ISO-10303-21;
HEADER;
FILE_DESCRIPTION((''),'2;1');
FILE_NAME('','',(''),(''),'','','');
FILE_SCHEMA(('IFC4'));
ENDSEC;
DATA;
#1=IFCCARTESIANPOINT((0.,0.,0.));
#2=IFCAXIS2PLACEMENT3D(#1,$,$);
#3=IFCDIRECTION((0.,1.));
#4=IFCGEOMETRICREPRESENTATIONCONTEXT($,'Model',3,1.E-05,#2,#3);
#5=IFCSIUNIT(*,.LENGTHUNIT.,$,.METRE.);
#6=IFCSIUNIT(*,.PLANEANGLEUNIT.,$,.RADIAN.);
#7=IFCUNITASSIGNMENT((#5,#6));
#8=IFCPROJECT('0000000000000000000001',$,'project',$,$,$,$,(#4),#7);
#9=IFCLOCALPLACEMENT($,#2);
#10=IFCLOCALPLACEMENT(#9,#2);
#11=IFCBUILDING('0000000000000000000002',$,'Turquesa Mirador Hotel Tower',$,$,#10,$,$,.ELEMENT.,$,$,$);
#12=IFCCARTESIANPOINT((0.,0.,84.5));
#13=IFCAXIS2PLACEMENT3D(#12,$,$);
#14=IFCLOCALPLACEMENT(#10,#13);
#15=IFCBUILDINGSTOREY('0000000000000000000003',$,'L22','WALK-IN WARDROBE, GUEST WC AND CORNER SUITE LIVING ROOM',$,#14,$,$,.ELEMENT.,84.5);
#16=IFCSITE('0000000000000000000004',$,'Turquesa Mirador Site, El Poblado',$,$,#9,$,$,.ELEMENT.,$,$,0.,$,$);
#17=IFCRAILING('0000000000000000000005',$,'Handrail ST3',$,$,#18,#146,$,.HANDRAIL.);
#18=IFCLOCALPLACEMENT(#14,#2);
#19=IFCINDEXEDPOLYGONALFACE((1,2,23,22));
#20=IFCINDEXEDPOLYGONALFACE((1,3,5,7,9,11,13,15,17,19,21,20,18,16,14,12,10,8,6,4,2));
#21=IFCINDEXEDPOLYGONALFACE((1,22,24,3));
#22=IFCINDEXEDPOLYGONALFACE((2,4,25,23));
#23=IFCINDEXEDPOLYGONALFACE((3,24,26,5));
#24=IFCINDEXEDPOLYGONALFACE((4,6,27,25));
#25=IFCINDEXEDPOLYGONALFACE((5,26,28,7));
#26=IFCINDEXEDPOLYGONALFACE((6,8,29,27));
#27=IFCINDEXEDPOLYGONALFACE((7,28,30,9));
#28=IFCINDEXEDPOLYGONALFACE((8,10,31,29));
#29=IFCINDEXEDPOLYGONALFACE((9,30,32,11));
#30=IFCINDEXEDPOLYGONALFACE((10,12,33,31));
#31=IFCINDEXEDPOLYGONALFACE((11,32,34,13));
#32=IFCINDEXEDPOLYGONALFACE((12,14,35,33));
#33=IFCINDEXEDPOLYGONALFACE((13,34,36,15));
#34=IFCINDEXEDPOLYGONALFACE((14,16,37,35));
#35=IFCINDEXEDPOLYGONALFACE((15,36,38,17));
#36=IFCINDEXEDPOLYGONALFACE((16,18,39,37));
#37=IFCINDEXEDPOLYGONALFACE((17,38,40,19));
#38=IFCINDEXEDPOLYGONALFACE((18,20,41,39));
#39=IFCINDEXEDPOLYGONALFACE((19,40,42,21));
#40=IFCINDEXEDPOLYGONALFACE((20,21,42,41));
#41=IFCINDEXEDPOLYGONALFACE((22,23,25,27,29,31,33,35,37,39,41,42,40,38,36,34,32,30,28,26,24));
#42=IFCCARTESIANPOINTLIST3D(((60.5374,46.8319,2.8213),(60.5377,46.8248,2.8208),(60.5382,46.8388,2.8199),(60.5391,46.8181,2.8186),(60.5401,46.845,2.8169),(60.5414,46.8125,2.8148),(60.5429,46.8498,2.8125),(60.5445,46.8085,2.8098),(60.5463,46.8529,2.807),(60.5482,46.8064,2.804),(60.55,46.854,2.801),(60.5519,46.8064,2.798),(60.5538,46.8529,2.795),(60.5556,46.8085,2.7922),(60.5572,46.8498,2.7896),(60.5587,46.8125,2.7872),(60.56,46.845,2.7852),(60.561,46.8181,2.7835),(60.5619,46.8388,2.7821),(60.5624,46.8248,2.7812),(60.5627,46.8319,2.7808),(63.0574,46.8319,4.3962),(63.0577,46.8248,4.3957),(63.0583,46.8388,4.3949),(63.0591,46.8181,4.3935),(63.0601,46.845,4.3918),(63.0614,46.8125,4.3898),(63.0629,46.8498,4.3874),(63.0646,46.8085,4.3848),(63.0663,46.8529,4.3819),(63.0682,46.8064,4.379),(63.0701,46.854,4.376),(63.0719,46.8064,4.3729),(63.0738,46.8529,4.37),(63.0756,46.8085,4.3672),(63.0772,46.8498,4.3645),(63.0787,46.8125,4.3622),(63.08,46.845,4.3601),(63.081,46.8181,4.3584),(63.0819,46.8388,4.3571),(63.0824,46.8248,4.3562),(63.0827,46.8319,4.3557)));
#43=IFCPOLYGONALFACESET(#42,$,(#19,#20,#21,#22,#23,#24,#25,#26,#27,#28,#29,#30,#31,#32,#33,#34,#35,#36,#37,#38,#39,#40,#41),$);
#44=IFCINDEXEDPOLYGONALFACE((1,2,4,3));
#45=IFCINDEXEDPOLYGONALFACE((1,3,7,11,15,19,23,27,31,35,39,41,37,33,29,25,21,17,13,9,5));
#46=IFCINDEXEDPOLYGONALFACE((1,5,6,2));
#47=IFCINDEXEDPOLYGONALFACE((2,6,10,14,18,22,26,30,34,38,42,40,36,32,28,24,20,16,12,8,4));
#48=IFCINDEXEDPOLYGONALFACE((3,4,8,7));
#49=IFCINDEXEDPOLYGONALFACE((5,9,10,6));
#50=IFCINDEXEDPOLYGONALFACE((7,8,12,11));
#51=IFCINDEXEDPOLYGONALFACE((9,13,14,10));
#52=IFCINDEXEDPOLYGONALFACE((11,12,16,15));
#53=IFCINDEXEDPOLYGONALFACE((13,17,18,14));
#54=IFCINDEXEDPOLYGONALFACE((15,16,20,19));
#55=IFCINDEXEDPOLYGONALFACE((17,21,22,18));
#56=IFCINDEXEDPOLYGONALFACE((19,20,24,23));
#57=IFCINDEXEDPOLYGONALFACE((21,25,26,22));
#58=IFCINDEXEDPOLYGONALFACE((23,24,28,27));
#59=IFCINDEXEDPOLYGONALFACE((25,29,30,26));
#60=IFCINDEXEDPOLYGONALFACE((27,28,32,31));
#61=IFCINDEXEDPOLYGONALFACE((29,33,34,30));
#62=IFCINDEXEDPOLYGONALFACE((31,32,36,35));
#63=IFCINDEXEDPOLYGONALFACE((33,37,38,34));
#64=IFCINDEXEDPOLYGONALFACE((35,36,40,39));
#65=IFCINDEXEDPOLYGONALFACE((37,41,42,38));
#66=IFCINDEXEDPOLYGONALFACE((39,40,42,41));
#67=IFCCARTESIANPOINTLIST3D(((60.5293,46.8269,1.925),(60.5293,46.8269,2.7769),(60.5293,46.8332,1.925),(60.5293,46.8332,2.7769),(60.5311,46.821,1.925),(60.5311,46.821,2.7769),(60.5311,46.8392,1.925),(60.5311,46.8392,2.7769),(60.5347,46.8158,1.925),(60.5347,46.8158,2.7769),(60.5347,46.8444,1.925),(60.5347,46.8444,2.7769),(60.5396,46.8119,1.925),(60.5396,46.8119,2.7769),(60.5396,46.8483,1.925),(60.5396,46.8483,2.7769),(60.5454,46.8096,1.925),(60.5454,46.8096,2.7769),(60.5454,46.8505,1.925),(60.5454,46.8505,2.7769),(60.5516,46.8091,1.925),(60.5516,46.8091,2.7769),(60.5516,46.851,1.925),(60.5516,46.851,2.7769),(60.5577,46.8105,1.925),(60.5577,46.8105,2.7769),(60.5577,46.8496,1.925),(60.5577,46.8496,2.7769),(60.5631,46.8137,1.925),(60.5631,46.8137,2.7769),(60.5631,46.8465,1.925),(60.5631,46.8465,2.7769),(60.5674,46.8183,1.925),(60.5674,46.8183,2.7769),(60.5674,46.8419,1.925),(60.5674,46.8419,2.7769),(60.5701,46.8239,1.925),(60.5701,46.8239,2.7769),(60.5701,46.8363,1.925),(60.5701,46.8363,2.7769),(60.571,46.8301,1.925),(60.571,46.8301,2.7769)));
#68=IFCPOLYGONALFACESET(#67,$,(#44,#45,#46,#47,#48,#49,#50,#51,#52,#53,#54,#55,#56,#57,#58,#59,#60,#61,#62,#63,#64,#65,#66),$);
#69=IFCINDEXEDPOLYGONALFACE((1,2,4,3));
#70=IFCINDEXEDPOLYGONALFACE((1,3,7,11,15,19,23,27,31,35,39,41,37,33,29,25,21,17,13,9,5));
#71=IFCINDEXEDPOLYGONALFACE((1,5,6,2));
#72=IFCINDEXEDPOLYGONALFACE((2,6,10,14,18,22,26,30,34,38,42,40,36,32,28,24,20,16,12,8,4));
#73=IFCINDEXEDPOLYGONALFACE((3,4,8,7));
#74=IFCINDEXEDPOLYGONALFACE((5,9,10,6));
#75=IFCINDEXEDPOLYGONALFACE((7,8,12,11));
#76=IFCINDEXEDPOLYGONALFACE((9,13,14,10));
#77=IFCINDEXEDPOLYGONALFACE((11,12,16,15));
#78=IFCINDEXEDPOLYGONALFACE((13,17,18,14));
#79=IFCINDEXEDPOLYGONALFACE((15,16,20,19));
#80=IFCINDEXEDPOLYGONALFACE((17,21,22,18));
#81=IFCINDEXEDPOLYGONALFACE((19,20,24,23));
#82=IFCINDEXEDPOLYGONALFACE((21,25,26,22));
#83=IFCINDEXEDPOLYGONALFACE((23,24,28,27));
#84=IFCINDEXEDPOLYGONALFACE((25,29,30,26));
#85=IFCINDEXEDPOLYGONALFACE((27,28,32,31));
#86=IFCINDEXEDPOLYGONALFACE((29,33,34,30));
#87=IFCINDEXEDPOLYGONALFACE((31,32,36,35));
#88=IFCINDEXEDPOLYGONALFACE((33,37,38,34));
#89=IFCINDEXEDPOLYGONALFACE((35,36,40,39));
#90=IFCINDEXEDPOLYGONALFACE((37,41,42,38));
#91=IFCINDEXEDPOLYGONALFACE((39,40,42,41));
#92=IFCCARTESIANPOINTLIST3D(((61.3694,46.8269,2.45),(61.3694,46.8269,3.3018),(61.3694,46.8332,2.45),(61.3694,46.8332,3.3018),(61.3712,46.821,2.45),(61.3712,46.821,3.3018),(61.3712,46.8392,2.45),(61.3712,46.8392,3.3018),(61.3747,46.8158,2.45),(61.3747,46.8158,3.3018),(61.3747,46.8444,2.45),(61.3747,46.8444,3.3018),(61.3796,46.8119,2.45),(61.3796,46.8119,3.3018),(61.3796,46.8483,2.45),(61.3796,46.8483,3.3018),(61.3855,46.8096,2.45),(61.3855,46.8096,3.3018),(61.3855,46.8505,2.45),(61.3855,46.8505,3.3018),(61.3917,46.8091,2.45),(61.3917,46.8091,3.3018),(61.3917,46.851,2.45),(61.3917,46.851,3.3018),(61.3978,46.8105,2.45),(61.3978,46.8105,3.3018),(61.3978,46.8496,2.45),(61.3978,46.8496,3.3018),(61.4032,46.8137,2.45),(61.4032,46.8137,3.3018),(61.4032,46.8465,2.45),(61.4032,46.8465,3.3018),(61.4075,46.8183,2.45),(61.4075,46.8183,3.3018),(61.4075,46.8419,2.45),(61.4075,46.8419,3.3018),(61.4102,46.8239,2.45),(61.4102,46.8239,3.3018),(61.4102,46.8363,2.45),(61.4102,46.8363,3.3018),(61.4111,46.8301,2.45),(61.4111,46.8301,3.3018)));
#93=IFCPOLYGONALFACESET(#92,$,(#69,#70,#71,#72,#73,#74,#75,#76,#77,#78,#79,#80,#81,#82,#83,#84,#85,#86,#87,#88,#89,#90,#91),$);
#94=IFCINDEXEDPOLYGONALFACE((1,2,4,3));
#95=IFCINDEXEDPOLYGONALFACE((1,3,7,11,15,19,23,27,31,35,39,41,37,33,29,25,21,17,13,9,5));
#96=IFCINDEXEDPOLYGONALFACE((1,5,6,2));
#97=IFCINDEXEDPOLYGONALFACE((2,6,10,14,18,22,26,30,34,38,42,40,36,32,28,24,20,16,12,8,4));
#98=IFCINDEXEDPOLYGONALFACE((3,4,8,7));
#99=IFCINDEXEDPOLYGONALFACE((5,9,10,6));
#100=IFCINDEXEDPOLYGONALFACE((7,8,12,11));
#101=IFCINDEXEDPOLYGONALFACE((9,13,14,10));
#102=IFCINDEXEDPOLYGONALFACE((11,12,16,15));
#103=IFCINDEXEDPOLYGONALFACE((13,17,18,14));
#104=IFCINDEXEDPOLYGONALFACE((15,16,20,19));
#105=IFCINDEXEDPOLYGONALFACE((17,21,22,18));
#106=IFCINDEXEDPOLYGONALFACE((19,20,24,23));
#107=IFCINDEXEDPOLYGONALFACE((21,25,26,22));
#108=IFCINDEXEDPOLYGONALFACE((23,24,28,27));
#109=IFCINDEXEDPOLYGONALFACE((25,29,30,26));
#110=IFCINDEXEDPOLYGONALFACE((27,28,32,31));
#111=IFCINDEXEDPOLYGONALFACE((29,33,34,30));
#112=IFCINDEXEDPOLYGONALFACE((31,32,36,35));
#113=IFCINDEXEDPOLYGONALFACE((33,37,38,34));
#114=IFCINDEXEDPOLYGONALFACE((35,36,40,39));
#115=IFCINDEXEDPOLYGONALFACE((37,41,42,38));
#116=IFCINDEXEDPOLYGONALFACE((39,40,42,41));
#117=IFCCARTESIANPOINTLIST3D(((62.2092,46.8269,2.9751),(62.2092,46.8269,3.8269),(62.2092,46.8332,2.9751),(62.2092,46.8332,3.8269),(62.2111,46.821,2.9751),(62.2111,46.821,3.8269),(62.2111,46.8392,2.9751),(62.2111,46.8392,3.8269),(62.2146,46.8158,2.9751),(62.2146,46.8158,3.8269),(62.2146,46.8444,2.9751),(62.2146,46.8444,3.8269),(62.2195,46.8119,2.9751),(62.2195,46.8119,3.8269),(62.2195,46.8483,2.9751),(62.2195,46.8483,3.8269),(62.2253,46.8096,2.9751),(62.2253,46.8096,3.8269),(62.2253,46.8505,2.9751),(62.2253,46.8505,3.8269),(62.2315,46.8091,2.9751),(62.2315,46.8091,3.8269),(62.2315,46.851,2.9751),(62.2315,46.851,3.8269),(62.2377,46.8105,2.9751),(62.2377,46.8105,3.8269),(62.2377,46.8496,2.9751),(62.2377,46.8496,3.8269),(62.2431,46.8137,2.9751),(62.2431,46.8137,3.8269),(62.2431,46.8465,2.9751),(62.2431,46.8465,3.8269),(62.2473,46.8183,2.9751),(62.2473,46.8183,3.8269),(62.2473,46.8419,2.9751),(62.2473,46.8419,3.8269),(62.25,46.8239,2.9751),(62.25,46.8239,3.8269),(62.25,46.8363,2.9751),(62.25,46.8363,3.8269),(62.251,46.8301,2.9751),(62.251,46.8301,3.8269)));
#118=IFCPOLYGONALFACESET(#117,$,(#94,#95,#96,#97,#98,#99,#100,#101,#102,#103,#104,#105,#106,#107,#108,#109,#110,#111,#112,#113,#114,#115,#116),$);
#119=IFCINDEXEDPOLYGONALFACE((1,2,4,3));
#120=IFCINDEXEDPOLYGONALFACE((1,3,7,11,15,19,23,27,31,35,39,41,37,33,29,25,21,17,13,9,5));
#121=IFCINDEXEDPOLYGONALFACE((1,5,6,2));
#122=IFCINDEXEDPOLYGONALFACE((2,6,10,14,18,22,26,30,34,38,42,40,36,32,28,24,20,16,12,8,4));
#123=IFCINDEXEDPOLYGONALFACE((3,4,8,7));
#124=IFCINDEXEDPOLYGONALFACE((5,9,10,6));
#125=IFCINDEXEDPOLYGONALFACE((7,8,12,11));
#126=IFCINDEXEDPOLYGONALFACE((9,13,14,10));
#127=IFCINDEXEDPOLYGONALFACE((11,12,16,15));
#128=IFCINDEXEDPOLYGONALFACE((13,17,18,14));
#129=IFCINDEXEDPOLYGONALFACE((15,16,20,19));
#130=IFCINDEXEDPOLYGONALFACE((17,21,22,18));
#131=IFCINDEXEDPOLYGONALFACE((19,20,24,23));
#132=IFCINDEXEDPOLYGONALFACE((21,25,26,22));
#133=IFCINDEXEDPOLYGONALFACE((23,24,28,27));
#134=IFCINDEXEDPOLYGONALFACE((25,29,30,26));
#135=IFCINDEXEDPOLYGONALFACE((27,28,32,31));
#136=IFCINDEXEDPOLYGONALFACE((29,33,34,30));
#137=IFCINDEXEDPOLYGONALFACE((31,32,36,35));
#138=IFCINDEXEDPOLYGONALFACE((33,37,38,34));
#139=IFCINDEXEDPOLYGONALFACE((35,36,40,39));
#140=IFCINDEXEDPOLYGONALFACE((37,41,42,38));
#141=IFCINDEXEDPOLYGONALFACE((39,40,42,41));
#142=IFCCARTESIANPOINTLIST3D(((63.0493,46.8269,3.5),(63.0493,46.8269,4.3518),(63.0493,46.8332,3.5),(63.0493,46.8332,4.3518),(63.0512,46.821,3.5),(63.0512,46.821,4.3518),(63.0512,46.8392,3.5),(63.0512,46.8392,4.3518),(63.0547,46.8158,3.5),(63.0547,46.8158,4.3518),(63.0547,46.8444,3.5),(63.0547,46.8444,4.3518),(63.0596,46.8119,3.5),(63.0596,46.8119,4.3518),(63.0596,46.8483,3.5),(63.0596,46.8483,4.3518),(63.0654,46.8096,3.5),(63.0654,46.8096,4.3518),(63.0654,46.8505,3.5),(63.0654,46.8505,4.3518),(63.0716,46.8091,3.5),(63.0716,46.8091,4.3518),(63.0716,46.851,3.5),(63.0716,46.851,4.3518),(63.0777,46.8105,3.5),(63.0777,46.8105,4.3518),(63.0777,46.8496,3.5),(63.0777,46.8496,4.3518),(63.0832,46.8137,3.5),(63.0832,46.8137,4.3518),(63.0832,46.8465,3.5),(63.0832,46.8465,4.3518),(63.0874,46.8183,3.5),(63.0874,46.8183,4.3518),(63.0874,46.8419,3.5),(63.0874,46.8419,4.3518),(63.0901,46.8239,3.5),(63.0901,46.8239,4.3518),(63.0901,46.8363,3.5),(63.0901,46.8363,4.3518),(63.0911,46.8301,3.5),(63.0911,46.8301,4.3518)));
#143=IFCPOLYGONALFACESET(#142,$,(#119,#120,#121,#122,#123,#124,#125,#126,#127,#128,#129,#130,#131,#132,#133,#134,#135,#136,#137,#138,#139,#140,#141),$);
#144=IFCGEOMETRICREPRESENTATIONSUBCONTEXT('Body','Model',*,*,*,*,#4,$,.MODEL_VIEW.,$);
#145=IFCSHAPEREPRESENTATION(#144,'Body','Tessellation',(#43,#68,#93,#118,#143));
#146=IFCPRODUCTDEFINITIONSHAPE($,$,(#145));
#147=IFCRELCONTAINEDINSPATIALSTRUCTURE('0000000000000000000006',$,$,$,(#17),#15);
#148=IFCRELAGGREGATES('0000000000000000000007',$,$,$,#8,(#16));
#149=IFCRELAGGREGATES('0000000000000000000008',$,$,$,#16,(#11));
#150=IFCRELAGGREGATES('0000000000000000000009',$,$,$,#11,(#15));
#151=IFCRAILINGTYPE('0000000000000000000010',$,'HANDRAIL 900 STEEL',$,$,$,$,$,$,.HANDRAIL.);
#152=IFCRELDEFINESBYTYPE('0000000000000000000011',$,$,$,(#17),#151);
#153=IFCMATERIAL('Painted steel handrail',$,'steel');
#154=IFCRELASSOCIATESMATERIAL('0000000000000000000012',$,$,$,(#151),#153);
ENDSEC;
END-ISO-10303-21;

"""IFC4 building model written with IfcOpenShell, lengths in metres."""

from ifc_helpers import new_model, si_unit, direction, frame, origin, origin_2d, place, context, subcontext, project, spatial, circle, extrude, material, type_object, element, save


model = new_model("IFC4")

# Units and contexts
model_context = context("Model", 3, precision=1e-05, world=origin(), true_north=direction((0.0, 1.0)))
body_context = subcontext(model_context, "Body", "Model", "MODEL_VIEW")
ifc_project = project(units=[si_unit("LENGTHUNIT", "METRE"), si_unit("PLANEANGLEUNIT", "RADIAN")], contexts=[model_context])

# Site, building, storey
site_placement = place(None, origin())
site = spatial("IfcSite", under=ifc_project, at=site_placement, Name="Turquesa Mirador Site, El Poblado", CompositionType="ELEMENT", RefElevation=0.0)
building_placement = place(site_placement, origin())
building = spatial("IfcBuilding", under=site, at=building_placement, Name="Turquesa Mirador Hotel Tower", CompositionType="ELEMENT")
storey_placement = place(building_placement, frame((0.0, 0.0, 84.5)))
storey = spatial("IfcBuildingStorey", under=building, at=storey_placement, Name="L22", Description="WALK-IN WARDROBE, GUEST WC AND CORNER SUITE LIVING ROOM", CompositionType="ELEMENT", Elevation=84.5)

# Railing
ifc_material_1 = material(Name="Painted steel handrail", Category="steel")
railing_type = type_object("IfcRailingType", Name="HANDRAIL 900 STEEL", PredefinedType="HANDRAIL", material=ifc_material_1)
railing_1_placement = place(storey_placement, frame((60.55, 46.8301, 1.925)))
element("IfcRailing", 1, at=railing_1_placement, inside=storey, type_object=railing_type, Name="Handrail ST3", PredefinedType="HANDRAIL", context=body_context, shape_type="SweptSolid", body=[
    extrude(circle(Radius=0.0239, at=origin_2d()), frame((0.0, 0.0, 0.876), z_axis=(0.848008, 0.0, 0.529984), x_axis=(0.0, 1.0, 0.0)), (0.0, 0.0, 1.0), 2.9717),
    extrude(circle(Radius=0.021, at=origin_2d()), origin(), (0.0, 0.0, 1.0), 0.8518),
    extrude(circle(Radius=0.021, at=origin_2d()), frame((0.8401, 0.0, 0.5249)), (0.0, 0.0, 1.0), 0.8518),
    extrude(circle(Radius=0.021, at=origin_2d()), frame((1.6799, 0.0, 1.05)), (0.0, 0.0, 1.0), 0.8518),
    extrude(circle(Radius=0.021, at=origin_2d()), frame((2.52, 0.0, 1.575)), (0.0, 0.0, 1.0), 0.8518),
])

save(model, "model.ifc")
